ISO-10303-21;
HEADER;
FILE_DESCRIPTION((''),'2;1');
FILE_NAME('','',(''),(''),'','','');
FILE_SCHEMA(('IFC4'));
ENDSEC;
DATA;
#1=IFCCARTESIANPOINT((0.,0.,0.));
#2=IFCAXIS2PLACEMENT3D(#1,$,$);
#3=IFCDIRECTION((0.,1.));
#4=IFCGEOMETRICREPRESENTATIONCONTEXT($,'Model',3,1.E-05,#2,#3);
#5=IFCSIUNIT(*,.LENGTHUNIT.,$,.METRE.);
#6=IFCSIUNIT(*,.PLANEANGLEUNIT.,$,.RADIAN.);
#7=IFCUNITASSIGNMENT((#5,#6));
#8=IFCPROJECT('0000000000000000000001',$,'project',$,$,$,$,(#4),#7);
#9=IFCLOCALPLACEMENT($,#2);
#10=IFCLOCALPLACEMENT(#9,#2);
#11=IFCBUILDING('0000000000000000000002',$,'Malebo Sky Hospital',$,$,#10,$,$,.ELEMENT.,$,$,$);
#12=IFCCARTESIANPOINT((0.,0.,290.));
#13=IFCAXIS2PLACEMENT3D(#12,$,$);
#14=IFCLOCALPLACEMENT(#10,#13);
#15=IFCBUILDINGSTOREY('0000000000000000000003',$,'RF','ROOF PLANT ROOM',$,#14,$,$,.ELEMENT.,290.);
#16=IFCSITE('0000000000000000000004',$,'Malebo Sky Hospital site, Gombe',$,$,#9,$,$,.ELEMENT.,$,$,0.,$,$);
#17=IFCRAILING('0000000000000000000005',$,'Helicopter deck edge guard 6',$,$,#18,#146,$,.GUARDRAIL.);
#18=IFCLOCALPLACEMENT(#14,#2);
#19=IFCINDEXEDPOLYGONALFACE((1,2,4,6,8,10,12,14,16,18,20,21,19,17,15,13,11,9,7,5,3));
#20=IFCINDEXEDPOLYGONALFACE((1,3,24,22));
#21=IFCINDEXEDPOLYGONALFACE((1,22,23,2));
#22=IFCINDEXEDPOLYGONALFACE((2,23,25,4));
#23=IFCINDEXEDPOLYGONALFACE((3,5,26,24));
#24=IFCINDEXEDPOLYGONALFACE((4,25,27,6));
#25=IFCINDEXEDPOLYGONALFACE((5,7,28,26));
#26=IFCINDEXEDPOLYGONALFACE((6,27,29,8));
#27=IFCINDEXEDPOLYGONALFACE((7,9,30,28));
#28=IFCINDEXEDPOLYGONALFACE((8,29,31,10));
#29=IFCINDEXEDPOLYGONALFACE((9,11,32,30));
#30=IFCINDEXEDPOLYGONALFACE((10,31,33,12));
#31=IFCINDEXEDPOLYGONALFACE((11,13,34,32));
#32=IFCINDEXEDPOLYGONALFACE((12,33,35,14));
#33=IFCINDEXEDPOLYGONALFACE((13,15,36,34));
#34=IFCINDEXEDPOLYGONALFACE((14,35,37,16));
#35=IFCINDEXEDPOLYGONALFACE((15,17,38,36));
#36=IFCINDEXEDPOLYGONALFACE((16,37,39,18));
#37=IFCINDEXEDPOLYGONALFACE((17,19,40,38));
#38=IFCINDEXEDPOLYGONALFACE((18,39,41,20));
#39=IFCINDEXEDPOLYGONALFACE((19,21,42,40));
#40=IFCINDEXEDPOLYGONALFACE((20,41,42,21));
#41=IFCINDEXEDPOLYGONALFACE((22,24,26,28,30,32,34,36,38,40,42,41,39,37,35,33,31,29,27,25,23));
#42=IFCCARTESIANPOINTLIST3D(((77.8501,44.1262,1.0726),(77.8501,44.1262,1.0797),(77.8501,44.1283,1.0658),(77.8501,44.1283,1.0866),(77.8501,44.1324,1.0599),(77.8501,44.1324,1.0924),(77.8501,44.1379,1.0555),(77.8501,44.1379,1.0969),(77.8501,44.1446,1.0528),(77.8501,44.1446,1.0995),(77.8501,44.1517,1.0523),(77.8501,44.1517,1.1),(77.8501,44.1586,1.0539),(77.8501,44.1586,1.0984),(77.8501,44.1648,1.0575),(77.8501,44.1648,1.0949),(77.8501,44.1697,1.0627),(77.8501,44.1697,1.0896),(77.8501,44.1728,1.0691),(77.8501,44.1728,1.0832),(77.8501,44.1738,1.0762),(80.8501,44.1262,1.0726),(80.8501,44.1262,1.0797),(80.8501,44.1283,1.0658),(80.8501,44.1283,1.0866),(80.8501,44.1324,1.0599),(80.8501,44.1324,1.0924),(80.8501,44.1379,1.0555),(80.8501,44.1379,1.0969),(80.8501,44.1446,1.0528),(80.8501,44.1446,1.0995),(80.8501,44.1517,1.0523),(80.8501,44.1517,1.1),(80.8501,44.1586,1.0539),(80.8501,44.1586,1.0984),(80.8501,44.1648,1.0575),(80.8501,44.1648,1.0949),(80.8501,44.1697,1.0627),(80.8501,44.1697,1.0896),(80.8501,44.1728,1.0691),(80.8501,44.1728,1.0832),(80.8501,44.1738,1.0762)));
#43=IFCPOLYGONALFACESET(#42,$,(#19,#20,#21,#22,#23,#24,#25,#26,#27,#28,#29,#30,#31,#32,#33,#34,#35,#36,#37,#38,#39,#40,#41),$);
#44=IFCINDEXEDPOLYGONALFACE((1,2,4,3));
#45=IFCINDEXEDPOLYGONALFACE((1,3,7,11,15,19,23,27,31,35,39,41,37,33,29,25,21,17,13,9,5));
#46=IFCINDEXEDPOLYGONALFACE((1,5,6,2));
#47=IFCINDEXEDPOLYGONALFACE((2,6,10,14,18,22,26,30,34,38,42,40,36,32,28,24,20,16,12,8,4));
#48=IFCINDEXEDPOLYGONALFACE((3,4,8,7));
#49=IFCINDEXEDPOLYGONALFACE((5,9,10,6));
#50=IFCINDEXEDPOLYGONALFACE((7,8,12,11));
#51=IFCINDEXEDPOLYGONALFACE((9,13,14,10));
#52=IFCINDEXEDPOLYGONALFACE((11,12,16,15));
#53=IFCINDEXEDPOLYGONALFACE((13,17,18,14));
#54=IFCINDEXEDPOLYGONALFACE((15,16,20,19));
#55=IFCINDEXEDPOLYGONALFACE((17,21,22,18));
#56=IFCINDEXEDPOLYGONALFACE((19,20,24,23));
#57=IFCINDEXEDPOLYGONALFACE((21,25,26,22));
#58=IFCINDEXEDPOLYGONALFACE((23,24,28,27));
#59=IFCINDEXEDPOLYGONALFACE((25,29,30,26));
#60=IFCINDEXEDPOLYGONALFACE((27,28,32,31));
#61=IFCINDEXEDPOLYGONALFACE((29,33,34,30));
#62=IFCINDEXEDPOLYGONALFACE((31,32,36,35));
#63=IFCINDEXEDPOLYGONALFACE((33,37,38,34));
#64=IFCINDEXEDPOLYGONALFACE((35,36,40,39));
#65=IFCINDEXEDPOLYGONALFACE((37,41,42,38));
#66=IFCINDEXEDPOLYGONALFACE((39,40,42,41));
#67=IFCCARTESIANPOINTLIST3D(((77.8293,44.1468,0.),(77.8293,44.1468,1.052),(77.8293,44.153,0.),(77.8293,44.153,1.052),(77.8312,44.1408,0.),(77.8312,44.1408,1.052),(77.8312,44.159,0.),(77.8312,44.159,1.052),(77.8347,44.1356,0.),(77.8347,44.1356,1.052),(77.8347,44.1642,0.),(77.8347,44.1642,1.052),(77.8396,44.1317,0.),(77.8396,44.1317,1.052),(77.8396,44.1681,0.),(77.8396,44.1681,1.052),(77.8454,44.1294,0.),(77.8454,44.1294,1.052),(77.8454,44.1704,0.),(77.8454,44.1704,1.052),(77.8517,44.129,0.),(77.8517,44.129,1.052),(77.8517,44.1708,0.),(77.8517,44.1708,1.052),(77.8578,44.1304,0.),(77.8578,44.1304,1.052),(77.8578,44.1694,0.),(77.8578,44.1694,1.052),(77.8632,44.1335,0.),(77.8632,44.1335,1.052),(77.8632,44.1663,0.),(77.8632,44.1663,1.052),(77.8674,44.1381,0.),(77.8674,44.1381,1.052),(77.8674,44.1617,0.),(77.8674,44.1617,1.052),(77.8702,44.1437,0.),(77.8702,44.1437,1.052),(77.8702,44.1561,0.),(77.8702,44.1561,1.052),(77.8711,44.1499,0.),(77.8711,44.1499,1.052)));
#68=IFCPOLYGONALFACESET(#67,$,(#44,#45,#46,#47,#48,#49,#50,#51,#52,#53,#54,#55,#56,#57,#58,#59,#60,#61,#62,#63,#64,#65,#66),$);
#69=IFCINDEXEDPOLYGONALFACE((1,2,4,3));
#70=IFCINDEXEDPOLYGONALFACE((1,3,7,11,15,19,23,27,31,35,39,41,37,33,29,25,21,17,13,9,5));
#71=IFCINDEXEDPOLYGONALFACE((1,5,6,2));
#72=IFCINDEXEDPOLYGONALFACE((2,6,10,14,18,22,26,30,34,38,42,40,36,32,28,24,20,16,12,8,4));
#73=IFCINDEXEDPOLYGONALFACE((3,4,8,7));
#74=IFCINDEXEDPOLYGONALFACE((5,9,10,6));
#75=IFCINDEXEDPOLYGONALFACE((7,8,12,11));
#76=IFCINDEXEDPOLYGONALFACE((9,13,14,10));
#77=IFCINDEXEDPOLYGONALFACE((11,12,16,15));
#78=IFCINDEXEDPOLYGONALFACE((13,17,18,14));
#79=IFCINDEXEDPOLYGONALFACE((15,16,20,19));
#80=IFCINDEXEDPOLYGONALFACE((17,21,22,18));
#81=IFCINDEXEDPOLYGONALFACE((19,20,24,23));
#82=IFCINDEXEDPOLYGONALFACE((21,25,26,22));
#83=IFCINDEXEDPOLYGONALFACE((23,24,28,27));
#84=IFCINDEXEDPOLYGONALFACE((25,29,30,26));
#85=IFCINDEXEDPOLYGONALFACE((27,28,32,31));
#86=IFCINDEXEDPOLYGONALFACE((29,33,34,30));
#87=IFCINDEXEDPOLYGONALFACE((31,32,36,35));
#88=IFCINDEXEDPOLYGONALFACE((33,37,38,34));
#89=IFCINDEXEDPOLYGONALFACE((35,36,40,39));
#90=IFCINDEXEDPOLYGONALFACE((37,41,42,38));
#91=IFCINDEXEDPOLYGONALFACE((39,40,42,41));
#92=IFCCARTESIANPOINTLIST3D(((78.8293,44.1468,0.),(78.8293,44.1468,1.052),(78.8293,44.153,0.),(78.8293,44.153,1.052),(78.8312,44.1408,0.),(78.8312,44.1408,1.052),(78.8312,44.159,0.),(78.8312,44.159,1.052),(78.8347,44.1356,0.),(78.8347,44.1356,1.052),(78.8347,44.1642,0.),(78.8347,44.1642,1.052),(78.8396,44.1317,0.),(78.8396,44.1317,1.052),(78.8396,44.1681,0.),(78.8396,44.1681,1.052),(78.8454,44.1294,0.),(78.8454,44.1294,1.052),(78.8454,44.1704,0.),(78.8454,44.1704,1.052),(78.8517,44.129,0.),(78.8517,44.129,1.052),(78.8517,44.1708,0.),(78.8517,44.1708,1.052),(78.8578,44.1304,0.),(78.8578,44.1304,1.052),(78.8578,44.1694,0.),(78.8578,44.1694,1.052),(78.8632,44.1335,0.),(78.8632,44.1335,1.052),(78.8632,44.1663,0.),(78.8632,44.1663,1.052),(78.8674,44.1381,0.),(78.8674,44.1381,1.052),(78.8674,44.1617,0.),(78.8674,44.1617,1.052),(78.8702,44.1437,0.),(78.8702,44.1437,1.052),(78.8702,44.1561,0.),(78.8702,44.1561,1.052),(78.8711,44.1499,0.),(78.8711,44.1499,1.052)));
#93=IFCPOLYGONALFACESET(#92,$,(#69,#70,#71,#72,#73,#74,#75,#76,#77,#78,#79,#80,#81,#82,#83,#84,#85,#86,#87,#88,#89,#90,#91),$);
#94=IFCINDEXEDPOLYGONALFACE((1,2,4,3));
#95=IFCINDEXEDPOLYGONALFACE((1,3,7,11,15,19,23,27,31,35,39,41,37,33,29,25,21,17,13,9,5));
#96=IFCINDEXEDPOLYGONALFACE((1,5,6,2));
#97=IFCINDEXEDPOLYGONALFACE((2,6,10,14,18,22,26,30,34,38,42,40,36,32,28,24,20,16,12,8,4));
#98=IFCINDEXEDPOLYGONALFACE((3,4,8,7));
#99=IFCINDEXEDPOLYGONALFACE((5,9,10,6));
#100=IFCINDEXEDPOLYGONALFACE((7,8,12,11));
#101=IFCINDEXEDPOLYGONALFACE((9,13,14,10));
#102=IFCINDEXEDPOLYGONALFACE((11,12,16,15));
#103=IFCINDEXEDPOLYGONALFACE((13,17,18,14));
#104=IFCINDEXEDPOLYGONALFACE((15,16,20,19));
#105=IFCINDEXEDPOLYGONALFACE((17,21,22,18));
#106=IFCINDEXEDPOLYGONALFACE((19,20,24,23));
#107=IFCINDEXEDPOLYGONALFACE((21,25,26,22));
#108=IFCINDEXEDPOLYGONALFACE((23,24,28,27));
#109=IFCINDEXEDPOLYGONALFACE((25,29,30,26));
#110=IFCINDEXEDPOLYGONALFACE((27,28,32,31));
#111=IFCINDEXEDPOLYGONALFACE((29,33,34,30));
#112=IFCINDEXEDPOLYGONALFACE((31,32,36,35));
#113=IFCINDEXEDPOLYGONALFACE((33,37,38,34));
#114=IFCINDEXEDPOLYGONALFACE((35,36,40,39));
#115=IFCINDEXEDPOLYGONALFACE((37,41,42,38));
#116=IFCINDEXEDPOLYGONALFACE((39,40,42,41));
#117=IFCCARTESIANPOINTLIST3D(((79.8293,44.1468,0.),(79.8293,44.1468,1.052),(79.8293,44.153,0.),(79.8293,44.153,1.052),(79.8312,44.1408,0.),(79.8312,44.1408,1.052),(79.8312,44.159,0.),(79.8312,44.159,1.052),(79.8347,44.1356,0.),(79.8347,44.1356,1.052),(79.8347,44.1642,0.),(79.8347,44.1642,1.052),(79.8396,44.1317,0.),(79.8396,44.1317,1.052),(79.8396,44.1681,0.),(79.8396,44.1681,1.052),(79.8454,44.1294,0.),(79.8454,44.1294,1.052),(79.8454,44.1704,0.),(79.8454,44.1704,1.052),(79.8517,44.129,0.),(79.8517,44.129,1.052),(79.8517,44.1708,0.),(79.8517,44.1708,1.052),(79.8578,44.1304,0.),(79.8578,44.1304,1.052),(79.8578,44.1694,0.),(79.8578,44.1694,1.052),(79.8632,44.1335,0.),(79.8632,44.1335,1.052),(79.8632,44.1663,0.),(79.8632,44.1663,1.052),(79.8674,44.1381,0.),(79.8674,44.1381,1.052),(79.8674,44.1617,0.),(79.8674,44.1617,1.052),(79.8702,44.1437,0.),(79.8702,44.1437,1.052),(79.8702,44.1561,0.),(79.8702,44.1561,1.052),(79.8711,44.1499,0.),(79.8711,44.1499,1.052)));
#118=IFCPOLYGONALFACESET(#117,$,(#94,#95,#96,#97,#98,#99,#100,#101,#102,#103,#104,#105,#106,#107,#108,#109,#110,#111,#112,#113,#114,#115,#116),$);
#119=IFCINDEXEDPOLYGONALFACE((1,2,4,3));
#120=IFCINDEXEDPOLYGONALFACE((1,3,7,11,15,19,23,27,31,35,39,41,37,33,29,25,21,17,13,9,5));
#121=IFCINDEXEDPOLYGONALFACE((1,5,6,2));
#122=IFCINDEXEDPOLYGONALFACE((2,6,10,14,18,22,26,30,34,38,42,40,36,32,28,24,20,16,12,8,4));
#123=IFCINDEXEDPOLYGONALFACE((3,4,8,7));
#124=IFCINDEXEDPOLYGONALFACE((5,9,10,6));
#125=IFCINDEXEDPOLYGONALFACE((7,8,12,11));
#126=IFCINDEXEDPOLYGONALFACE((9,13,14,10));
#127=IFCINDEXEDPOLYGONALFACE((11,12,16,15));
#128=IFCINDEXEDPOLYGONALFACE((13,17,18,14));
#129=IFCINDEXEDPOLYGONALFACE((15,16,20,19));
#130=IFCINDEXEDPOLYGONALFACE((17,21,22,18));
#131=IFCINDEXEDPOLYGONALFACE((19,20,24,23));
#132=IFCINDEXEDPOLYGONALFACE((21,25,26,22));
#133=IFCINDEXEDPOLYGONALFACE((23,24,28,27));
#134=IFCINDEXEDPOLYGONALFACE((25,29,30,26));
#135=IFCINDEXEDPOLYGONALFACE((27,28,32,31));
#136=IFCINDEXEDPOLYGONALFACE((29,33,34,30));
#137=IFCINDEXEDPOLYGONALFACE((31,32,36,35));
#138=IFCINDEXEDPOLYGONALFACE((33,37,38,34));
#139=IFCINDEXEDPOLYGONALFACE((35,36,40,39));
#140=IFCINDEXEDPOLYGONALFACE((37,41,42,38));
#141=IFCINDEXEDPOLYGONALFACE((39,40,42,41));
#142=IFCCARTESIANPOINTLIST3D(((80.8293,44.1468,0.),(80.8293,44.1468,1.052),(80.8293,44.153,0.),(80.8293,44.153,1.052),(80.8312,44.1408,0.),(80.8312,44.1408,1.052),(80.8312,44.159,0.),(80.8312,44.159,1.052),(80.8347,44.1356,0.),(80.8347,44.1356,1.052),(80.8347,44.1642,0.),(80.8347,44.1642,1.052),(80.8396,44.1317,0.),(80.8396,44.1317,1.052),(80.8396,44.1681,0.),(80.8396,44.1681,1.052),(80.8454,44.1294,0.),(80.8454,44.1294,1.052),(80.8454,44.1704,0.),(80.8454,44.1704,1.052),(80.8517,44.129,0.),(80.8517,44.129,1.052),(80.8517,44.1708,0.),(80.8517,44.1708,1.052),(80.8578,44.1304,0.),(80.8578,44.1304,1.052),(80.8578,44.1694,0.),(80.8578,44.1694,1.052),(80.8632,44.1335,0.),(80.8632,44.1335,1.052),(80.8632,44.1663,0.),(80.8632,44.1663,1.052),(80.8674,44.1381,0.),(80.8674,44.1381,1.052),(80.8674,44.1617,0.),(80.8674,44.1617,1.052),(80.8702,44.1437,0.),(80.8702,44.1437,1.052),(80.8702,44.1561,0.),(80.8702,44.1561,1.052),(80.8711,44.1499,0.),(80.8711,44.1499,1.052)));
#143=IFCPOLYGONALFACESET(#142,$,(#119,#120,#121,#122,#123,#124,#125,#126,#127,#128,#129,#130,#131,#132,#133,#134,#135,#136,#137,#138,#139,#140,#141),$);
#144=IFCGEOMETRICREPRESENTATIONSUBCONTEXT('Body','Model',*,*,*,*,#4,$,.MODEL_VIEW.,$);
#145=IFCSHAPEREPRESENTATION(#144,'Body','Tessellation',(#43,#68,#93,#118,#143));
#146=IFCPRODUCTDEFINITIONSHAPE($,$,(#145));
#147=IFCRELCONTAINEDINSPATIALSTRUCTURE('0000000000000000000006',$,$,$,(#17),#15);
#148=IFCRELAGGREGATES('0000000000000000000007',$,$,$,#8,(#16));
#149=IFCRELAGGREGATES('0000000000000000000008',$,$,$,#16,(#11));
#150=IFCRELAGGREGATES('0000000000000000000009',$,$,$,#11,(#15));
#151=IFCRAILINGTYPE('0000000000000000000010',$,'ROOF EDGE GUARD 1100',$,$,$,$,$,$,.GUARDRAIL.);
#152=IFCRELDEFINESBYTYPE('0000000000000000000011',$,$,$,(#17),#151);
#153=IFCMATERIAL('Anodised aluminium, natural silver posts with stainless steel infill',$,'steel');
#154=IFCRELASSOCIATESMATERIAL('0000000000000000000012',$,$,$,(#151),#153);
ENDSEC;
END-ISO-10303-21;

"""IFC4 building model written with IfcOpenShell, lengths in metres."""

from ifc_helpers import new_model, si_unit, direction, frame, origin, origin_2d, place, context, subcontext, project, spatial, circle, extrude, material, type_object, element, save


model = new_model("IFC4")

# Units and contexts
model_context = context("Model", 3, precision=1e-05, world=origin(), true_north=direction((0.0, 1.0)))
body_context = subcontext(model_context, "Body", "Model", "MODEL_VIEW")
ifc_project = project(units=[si_unit("LENGTHUNIT", "METRE"), si_unit("PLANEANGLEUNIT", "RADIAN")], contexts=[model_context])

# Site, building, storey
site_placement = place(None, origin())
site = spatial("IfcSite", under=ifc_project, at=site_placement, Name="Malebo Sky Hospital site, Gombe", CompositionType="ELEMENT", RefElevation=0.0)
building_placement = place(site_placement, origin())
building = spatial("IfcBuilding", under=site, at=building_placement, Name="Malebo Sky Hospital", CompositionType="ELEMENT")
storey_placement = place(building_placement, frame((0.0, 0.0, 290.0)))
storey = spatial("IfcBuildingStorey", under=building, at=storey_placement, Name="RF", Description="ROOF PLANT ROOM", CompositionType="ELEMENT", Elevation=290.0)

# Railing
ifc_material_1 = material(Name="Anodised aluminium, natural silver posts with stainless steel infill", Category="steel")
railing_type = type_object("IfcRailingType", Name="ROOF EDGE GUARD 1100", PredefinedType="GUARDRAIL", material=ifc_material_1)
railing_1_placement = place(storey_placement, frame((77.8501, 44.1499, 0.0)))
element("IfcRailing", 1, at=railing_1_placement, inside=storey, type_object=railing_type, Name="Helicopter deck edge guard 6", PredefinedType="GUARDRAIL", context=body_context, shape_type="SweptSolid", body=[
    extrude(circle(Radius=0.0239, at=origin_2d()), frame((0.0, 0.0, 1.0762), z_axis=(1.0, 0.0, 0.0), x_axis=(0.0, 1.0, 0.0)), (0.0, 0.0, 1.0), 3.0),
    extrude(circle(Radius=0.021, at=origin_2d()), origin(), (0.0, 0.0, 1.0), 1.052),
    extrude(circle(Radius=0.021, at=origin_2d()), frame((1.0, 0.0, 0.0)), (0.0, 0.0, 1.0), 1.052),
    extrude(circle(Radius=0.021, at=origin_2d()), frame((2.0, 0.0, 0.0)), (0.0, 0.0, 1.0), 1.052),
    extrude(circle(Radius=0.021, at=origin_2d()), frame((3.0, 0.0, 0.0)), (0.0, 0.0, 1.0), 1.052),
])

save(model, "model.ifc")
